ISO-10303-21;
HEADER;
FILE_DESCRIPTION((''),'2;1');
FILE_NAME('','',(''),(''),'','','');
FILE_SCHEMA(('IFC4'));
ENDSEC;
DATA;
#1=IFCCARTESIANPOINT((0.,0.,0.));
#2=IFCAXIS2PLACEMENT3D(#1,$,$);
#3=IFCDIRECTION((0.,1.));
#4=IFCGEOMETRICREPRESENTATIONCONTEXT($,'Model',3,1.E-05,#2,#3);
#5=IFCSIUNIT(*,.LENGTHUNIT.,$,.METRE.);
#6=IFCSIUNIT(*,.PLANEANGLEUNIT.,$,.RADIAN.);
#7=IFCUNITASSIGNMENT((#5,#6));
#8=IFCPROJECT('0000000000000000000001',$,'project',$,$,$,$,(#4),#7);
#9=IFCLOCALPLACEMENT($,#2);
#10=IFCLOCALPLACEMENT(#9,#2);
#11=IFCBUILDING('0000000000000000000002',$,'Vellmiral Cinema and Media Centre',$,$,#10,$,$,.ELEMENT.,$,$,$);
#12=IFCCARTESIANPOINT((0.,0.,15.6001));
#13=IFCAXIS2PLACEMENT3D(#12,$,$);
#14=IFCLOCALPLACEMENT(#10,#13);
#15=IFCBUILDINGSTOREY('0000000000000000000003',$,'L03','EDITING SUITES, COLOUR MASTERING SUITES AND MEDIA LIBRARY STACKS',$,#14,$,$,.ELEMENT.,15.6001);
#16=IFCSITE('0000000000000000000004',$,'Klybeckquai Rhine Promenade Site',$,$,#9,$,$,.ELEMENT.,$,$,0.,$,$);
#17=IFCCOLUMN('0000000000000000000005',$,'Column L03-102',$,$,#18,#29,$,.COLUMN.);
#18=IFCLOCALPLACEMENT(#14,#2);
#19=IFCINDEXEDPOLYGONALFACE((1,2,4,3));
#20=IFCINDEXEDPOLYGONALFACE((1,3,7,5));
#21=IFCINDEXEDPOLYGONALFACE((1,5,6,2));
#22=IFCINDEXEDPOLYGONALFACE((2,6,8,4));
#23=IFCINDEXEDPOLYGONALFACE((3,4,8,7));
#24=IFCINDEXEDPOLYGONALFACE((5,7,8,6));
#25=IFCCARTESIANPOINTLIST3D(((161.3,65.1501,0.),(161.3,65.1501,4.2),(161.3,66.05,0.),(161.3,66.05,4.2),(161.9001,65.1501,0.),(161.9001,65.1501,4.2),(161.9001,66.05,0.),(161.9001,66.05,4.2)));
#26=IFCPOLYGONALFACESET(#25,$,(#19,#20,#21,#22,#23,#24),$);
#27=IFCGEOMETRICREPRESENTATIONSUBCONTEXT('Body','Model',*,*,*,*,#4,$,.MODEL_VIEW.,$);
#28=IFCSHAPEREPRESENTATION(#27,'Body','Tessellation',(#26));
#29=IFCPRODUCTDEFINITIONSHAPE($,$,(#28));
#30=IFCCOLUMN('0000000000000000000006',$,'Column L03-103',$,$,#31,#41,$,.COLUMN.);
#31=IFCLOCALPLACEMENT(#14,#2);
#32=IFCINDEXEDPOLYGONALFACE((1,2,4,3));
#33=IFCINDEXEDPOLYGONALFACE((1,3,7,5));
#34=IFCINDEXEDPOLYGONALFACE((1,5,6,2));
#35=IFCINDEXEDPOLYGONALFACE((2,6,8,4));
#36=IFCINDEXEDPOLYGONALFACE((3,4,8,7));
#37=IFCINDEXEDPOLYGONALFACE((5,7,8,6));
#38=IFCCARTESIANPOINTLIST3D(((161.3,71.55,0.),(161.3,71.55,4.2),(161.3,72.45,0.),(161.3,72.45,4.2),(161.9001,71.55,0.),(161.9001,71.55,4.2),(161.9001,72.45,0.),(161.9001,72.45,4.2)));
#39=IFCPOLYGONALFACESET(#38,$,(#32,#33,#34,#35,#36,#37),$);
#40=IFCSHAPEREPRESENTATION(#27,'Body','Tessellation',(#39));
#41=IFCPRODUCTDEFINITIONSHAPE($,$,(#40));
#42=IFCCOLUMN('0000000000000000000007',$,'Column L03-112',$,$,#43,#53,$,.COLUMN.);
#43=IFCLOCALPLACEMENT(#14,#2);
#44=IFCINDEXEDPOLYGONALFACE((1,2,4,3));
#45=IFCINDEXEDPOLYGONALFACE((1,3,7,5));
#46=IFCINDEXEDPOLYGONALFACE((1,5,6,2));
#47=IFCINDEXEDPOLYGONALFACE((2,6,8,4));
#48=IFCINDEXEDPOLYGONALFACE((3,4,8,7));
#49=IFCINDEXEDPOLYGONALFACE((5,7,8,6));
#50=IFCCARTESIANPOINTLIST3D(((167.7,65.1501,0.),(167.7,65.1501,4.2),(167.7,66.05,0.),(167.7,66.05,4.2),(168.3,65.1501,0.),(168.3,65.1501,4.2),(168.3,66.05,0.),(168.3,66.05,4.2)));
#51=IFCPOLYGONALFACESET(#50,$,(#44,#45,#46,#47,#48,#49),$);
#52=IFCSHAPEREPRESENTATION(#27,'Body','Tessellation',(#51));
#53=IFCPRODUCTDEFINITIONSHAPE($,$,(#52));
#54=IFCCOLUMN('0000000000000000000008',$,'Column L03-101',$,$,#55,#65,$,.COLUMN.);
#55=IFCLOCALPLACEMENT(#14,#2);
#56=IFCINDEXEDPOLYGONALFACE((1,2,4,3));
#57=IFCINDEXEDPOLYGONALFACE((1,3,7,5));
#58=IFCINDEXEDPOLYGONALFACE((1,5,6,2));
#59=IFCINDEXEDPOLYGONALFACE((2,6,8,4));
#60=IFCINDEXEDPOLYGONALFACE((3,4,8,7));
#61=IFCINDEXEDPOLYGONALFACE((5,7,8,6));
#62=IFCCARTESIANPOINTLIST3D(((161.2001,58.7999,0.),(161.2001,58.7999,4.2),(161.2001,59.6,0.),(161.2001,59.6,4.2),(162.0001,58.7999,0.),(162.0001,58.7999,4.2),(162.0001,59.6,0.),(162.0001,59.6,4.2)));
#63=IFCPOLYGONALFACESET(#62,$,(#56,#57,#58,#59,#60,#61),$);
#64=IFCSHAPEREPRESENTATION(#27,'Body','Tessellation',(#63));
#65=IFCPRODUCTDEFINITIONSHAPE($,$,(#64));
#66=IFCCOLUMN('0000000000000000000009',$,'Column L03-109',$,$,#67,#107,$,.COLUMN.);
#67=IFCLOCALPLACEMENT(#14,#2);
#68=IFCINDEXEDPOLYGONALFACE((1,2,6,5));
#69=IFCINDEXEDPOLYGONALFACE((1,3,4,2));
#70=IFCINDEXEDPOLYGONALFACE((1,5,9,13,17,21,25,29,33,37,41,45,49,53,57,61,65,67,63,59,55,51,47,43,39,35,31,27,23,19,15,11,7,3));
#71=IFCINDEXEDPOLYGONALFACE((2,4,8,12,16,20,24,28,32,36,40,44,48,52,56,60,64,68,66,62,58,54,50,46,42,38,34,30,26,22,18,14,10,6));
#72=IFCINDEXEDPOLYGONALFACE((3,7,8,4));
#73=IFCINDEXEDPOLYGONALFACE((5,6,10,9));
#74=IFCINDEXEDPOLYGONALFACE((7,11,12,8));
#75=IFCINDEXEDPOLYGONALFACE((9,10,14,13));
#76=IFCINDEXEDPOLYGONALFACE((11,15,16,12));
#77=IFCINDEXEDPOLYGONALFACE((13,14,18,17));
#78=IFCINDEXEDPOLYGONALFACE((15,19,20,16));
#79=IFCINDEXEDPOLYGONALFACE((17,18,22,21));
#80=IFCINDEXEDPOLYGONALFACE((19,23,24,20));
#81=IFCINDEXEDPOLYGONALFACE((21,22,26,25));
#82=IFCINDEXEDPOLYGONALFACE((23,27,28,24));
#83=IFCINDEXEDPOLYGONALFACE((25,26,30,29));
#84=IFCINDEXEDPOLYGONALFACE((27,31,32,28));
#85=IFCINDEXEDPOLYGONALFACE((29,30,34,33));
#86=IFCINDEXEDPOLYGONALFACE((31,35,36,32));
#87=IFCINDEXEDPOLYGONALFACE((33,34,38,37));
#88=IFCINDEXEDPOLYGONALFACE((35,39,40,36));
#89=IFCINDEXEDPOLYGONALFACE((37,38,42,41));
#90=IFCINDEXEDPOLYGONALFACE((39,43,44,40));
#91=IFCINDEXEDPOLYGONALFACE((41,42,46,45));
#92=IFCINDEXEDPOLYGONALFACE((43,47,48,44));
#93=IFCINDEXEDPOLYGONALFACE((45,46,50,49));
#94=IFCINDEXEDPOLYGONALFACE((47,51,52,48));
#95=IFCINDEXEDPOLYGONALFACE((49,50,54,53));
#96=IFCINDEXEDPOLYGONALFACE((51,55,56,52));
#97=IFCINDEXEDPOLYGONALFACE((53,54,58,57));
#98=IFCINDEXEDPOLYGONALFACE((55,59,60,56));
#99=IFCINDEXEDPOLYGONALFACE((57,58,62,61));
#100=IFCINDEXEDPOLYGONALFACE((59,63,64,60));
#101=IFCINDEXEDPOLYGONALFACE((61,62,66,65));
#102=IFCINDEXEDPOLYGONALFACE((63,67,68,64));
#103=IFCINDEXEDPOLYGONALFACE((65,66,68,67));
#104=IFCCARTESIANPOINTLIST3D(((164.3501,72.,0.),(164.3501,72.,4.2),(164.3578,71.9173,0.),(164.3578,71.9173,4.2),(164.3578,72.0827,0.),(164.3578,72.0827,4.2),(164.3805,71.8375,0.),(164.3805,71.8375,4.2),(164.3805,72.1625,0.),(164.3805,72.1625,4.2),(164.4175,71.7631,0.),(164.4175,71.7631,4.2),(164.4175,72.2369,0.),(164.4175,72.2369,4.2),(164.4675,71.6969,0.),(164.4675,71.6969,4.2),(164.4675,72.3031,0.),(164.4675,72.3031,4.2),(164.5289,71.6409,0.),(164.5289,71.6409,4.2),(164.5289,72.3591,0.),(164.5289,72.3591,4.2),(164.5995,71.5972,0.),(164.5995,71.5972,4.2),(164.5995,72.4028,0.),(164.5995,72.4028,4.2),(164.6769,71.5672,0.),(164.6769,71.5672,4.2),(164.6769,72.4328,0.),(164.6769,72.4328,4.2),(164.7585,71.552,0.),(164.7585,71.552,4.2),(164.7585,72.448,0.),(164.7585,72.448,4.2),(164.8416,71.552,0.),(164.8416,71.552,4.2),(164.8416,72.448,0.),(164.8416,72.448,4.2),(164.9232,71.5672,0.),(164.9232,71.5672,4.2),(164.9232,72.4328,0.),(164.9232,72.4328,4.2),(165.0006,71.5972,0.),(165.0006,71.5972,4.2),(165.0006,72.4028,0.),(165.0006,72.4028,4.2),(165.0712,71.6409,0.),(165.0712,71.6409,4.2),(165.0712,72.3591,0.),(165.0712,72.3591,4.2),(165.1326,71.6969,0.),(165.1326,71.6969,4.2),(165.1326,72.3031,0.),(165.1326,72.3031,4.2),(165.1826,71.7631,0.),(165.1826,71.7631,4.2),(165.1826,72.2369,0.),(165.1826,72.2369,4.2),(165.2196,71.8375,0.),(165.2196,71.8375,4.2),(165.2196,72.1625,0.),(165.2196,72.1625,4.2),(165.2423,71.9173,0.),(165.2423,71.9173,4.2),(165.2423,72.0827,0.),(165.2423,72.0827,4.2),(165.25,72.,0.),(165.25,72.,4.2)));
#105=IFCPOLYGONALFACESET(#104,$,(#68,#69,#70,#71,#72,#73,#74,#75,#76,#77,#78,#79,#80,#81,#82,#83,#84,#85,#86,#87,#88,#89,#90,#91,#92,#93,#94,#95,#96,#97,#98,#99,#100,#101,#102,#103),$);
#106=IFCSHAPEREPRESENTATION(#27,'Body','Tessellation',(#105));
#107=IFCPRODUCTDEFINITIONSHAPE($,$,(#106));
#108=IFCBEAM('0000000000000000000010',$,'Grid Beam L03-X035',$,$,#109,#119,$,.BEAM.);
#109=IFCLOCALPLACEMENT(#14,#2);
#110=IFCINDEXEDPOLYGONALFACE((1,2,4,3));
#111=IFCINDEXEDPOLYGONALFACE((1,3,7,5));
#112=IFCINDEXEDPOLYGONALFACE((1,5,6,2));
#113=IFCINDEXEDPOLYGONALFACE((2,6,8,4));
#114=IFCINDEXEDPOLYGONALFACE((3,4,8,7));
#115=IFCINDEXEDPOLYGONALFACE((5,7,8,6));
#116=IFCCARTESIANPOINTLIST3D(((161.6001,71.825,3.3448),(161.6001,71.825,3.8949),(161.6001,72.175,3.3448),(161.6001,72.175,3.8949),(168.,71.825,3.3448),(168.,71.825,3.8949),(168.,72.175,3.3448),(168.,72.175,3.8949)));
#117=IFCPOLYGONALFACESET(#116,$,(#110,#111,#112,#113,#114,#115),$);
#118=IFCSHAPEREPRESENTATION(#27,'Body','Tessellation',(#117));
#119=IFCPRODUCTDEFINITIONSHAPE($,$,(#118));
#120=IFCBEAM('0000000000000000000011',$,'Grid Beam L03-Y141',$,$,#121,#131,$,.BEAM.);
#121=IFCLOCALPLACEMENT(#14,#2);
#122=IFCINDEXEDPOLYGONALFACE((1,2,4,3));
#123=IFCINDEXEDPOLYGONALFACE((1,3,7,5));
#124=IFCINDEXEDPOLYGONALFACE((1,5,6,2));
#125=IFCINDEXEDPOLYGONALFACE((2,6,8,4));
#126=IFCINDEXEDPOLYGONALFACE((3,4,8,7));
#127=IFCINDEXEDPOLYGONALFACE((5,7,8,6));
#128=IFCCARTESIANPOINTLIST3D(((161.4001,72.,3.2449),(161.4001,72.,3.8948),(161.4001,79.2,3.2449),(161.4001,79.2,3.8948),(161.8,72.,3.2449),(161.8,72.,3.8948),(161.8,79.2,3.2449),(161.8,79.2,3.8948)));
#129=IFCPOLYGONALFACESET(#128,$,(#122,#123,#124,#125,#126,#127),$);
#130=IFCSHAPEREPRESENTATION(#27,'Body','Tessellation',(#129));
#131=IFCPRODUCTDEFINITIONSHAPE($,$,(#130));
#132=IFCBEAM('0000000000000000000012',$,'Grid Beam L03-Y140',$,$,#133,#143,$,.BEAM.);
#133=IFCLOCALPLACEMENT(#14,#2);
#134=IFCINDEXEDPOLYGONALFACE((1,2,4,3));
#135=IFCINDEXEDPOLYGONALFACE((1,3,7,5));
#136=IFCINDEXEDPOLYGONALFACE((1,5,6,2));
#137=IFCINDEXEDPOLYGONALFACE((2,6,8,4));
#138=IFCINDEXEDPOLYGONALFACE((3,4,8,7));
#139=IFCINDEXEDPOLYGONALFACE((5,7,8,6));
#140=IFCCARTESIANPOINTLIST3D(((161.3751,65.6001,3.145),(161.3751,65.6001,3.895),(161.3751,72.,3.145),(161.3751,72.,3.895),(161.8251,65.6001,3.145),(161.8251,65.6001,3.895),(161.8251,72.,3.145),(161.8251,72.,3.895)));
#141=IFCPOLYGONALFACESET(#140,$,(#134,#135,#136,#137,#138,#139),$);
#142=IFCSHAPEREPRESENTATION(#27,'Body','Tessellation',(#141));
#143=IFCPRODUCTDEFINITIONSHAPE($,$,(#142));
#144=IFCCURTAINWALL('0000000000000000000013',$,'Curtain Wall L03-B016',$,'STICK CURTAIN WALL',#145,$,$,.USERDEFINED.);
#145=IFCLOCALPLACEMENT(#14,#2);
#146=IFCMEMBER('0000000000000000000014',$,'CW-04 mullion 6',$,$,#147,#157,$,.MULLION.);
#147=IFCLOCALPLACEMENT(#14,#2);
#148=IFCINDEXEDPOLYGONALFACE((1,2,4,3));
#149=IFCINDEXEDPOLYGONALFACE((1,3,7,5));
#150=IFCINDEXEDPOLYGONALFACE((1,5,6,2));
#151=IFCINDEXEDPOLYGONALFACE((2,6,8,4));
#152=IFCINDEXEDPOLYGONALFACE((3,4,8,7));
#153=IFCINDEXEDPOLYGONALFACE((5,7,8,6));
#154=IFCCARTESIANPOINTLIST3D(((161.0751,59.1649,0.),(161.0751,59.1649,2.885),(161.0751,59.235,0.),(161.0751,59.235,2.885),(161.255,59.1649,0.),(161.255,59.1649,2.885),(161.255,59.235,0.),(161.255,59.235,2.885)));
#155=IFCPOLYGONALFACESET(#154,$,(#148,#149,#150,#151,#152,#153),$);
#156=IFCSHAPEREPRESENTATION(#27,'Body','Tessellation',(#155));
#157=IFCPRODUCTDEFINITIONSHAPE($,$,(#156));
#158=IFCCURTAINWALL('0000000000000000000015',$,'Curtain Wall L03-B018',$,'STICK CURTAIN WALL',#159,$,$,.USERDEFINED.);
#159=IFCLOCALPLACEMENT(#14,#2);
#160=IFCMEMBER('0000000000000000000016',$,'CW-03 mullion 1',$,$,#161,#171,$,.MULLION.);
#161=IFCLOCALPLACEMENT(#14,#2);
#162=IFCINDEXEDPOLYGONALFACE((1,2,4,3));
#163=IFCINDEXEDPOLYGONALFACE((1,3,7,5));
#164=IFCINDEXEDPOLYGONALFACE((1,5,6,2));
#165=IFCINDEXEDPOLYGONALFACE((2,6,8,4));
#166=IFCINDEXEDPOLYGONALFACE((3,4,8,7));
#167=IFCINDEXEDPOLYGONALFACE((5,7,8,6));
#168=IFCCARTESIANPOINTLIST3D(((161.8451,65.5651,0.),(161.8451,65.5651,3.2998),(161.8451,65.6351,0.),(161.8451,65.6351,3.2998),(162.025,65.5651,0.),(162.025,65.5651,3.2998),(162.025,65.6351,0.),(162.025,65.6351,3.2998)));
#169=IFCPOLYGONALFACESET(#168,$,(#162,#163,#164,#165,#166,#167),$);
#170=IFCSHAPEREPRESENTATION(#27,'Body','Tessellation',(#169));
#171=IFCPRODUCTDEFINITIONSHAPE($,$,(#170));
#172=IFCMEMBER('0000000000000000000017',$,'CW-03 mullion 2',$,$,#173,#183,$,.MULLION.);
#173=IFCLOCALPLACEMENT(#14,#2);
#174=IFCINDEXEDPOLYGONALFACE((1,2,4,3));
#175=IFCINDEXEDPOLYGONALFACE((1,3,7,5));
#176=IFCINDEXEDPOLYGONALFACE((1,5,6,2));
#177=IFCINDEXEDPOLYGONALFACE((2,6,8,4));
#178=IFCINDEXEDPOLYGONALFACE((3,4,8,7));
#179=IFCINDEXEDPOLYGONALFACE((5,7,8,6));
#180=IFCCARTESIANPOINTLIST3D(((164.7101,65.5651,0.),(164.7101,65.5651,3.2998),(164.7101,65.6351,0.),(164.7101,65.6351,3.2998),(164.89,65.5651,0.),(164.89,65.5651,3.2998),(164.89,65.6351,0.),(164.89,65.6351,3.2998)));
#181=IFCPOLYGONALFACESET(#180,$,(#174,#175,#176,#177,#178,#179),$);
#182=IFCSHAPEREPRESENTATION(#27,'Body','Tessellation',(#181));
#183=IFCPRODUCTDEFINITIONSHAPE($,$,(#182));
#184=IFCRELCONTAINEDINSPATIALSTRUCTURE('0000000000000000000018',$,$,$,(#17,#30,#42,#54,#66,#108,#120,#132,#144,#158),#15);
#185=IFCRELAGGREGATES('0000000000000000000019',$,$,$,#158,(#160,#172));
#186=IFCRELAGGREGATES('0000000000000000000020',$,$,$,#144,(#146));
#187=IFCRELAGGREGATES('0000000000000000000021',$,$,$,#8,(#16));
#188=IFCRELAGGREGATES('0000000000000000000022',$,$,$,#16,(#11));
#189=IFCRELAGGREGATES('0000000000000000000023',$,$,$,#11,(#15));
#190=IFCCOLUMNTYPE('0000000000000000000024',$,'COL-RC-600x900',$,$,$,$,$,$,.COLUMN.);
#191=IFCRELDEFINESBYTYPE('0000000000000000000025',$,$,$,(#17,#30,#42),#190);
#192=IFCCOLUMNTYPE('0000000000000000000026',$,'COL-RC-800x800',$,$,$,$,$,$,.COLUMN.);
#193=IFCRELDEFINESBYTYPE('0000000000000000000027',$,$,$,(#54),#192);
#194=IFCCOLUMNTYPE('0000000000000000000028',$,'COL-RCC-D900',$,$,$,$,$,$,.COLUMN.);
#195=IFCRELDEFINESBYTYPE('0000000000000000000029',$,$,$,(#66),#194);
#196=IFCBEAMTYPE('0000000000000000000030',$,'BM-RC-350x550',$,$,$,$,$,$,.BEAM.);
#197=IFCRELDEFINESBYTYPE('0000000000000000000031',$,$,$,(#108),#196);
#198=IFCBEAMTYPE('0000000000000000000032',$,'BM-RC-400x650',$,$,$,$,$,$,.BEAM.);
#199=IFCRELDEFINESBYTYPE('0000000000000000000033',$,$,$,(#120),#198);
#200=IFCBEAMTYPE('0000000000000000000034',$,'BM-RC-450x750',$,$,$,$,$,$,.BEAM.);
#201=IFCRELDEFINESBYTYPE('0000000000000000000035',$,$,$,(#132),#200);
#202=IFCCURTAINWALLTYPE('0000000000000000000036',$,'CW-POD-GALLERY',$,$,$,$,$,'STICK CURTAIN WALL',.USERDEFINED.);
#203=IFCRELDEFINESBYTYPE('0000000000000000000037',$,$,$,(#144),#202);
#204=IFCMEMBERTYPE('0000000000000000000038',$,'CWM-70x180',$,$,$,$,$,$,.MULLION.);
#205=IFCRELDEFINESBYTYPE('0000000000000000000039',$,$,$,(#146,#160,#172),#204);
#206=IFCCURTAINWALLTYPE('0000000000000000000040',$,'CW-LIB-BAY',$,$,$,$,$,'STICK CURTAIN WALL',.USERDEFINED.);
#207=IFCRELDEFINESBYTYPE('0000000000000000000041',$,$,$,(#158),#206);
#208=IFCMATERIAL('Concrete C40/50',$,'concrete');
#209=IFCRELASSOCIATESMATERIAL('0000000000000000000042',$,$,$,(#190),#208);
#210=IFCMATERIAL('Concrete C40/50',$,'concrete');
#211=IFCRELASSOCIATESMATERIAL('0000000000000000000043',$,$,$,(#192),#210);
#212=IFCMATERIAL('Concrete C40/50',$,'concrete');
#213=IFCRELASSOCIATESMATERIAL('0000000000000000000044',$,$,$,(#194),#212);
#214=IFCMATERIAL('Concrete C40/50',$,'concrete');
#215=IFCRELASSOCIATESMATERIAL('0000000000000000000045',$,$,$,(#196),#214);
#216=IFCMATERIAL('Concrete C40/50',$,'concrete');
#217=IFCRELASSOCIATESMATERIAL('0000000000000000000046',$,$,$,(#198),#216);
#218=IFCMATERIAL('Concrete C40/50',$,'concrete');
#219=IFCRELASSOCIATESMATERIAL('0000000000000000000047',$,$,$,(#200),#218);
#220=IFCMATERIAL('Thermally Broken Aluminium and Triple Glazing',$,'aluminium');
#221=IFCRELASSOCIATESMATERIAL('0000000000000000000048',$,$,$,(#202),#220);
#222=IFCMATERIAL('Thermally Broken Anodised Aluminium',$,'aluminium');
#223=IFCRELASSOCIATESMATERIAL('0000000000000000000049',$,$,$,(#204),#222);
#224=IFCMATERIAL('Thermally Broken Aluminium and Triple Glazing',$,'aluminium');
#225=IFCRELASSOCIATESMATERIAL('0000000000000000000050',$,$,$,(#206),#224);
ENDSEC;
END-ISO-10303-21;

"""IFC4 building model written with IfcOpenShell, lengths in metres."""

from ifc_helpers import new_model, si_unit, direction, frame, origin, origin_2d, place, context, subcontext, project, spatial, rectangle, circle, extrude, material, material_profile, profile_set, type_object, element, aggregate, save


model = new_model("IFC4")

# Units and contexts
model_context = context("Model", 3, precision=1e-05, world=origin(), true_north=direction((0.0, 1.0)))
body_context = subcontext(model_context, "Body", "Model", "MODEL_VIEW")
ifc_project = project(units=[si_unit("LENGTHUNIT", "METRE"), si_unit("PLANEANGLEUNIT", "RADIAN")], contexts=[model_context])

# Site, building, storey
site_placement = place(None, origin())
site = spatial("IfcSite", under=ifc_project, at=site_placement, Name="Klybeckquai Rhine Promenade Site", CompositionType="ELEMENT", RefElevation=0.0)
building_placement = place(site_placement, origin())
building = spatial("IfcBuilding", under=site, at=building_placement, Name="Vellmiral Cinema and Media Centre", CompositionType="ELEMENT")
storey_placement = place(building_placement, frame((0.0, 0.0, 15.6001)))
storey = spatial("IfcBuildingStorey", under=building, at=storey_placement, Name="L03", Description="EDITING SUITES, COLOUR MASTERING SUITES AND MEDIA LIBRARY STACKS", CompositionType="ELEMENT", Elevation=15.6001)

# Columns
ifc_material_1 = material(Name="Concrete C40/50", Category="concrete")
ifc_material_profile_1 = material_profile(ifc_material_1, rectangle(XDim=0.6001, YDim=0.8999, at=origin_2d()), Name="RC 600x900")
ifc_profile_set_1 = profile_set([ifc_material_profile_1], Name="Concrete C40/50")
column_type_1 = type_object("IfcColumnType", Name="COL-RC-600x900", PredefinedType="COLUMN", material=ifc_profile_set_1)
for number, where, z_axis, x_axis, name in (
    (1, (161.6001, 65.6001, 0.0), (0.0, 0.0, 1.0), (1.0, 0.0, 0.0), "Column L03-102"),
    (2, (161.6001, 72.0, 0.0), (0.0, 0.0, 1.0), (1.0, 0.0, 0.0), "Column L03-103"),
    (3, (168.0, 65.6001, 0.0), (0.0, 0.0, 1.0), (1.0, 0.0, 0.0), "Column L03-112"),
):
    element("IfcColumn", number, at=place(storey_placement, frame(where, z_axis=z_axis, x_axis=x_axis)), inside=storey, type_object=column_type_1, Name=name, PredefinedType="COLUMN", context=body_context, shape_type="SweptSolid", body=[
        extrude(rectangle(XDim=0.6001, YDim=0.8999, at=origin_2d()), origin(), (0.0, 0.0, 1.0), 4.2),
    ])
ifc_material_2 = material(Name="Concrete C40/50", Category="concrete")
ifc_material_profile_2 = material_profile(ifc_material_2, rectangle(XDim=0.8, YDim=0.8, at=origin_2d()), Name="RC 800x800")
ifc_profile_set_2 = profile_set([ifc_material_profile_2], Name="Concrete C40/50")
column_type_2 = type_object("IfcColumnType", Name="COL-RC-800x800", PredefinedType="COLUMN", material=ifc_profile_set_2)
column_1_placement = place(storey_placement, frame((161.6001, 59.2, 0.0), z_axis=(0.0, 0.0, 1.0), x_axis=(1.0, 0.0, 0.0)))
element("IfcColumn", 4, at=column_1_placement, inside=storey, type_object=column_type_2, Name="Column L03-101", PredefinedType="COLUMN", context=body_context, shape_type="SweptSolid", body=[
    extrude(rectangle(XDim=0.8, YDim=0.8, at=origin_2d()), origin(), (0.0, 0.0, 1.0), 4.2),
])
ifc_material_3 = material(Name="Concrete C40/50", Category="concrete")
ifc_material_profile_3 = material_profile(ifc_material_3, circle(Radius=0.45, at=origin_2d()), Name="RC D900")
ifc_profile_set_3 = profile_set([ifc_material_profile_3], Name="Concrete C40/50")
column_type_3 = type_object("IfcColumnType", Name="COL-RCC-D900", PredefinedType="COLUMN", material=ifc_profile_set_3)
column_2_placement = place(storey_placement, frame((164.8, 72.0, 0.0), z_axis=(0.0, 0.0, 1.0), x_axis=(1.0, 0.0, 0.0)))
element("IfcColumn", 5, at=column_2_placement, inside=storey, type_object=column_type_3, Name="Column L03-109", PredefinedType="COLUMN", context=body_context, shape_type="SweptSolid", body=[
    extrude(circle(Radius=0.45, at=origin_2d()), origin(), (0.0, 0.0, 1.0), 4.2),
])

# Beams
ifc_material_4 = material(Name="Concrete C40/50", Category="concrete")
ifc_material_profile_4 = material_profile(ifc_material_4, rectangle(XDim=0.3501, YDim=0.55, at=origin_2d()), Name="RC 350x550")
ifc_profile_set_4 = profile_set([ifc_material_profile_4], Name="Concrete C40/50")
beam_type_1 = type_object("IfcBeamType", Name="BM-RC-350x550", PredefinedType="BEAM", material=ifc_profile_set_4)
beam_1_placement = place(storey_placement, frame((161.6001, 72.0, 3.6199), z_axis=(1.0, 0.0, 0.0), x_axis=(0.0, 1.0, 0.0)))
element("IfcBeam", 6, at=beam_1_placement, inside=storey, type_object=beam_type_1, Name="Grid Beam L03-X035", PredefinedType="BEAM", context=body_context, shape_type="SweptSolid", body=[
    extrude(rectangle(XDim=0.3501, YDim=0.55, at=origin_2d()), origin(), (0.0, 0.0, 1.0), 6.3999),
])
ifc_material_5 = material(Name="Concrete C40/50", Category="concrete")
ifc_material_profile_5 = material_profile(ifc_material_5, rectangle(XDim=0.3999, YDim=0.6499, at=origin_2d()), Name="RC 400x650")
ifc_profile_set_5 = profile_set([ifc_material_profile_5], Name="Concrete C40/50")
beam_type_2 = type_object("IfcBeamType", Name="BM-RC-400x650", PredefinedType="BEAM", material=ifc_profile_set_5)
beam_2_placement = place(storey_placement, frame((161.6001, 72.0, 3.5698), z_axis=(0.0, 1.0, 0.0), x_axis=(-1.0, 0.0, 0.0)))
element("IfcBeam", 7, at=beam_2_placement, inside=storey, type_object=beam_type_2, Name="Grid Beam L03-Y141", PredefinedType="BEAM", context=body_context, shape_type="SweptSolid", body=[
    extrude(rectangle(XDim=0.3999, YDim=0.6499, at=origin_2d()), origin(), (0.0, 0.0, 1.0), 7.2),
])
ifc_material_6 = material(Name="Concrete C40/50", Category="concrete")
ifc_material_profile_6 = material_profile(ifc_material_6, rectangle(XDim=0.45, YDim=0.75, at=origin_2d()), Name="RC 450x750")
ifc_profile_set_6 = profile_set([ifc_material_profile_6], Name="Concrete C40/50")
beam_type_3 = type_object("IfcBeamType", Name="BM-RC-450x750", PredefinedType="BEAM", material=ifc_profile_set_6)
beam_3_placement = place(storey_placement, frame((161.6001, 65.6001, 3.52), z_axis=(0.0, 1.0, 0.0), x_axis=(-1.0, 0.0, 0.0)))
element("IfcBeam", 8, at=beam_3_placement, inside=storey, type_object=beam_type_3, Name="Grid Beam L03-Y140", PredefinedType="BEAM", context=body_context, shape_type="SweptSolid", body=[
    extrude(rectangle(XDim=0.45, YDim=0.75, at=origin_2d()), origin(), (0.0, 0.0, 1.0), 6.3999),
])

# Curtain wall, member
ifc_material_7 = material(Name="Thermally Broken Aluminium and Triple Glazing", Category="aluminium")
curtain_wall_type_1 = type_object("IfcCurtainWallType", Name="CW-POD-GALLERY", ElementType="STICK CURTAIN WALL", PredefinedType="USERDEFINED", material=ifc_material_7)
curtain_wall_1_placement = place(storey_placement, origin())
curtain_wall_1 = element("IfcCurtainWall", 9, at=curtain_wall_1_placement, inside=storey, type_object=curtain_wall_type_1, Name="Curtain Wall L03-B016", ObjectType="STICK CURTAIN WALL", PredefinedType="USERDEFINED")
ifc_material_8 = material(Name="Thermally Broken Anodised Aluminium", Category="aluminium")
ifc_material_profile_7 = material_profile(ifc_material_8, rectangle(XDim=0.0701, YDim=0.1799, at=origin_2d()), Name="MULL 70x180")
ifc_profile_set_7 = profile_set([ifc_material_profile_7], Name="Thermally Broken Anodised Aluminium")
member_type_1 = type_object("IfcMemberType", Name="CWM-70x180", PredefinedType="MULLION", material=ifc_profile_set_7)
member_1_placement = place(storey_placement, frame((161.165, 59.2, 0.0), z_axis=(0.0, 0.0, 1.0), x_axis=(0.0, 1.0, 0.0)))
member_1 = element("IfcMember", 10, at=member_1_placement, type_object=member_type_1, Name="CW-04 mullion 6", PredefinedType="MULLION", context=body_context, shape_type="SweptSolid", body=[
    extrude(rectangle(XDim=0.0701, YDim=0.1799, at=origin_2d()), origin(), (0.0, 0.0, 1.0), 2.885),
])

# Curtain wall, members
ifc_material_9 = material(Name="Thermally Broken Aluminium and Triple Glazing", Category="aluminium")
curtain_wall_type_2 = type_object("IfcCurtainWallType", Name="CW-LIB-BAY", ElementType="STICK CURTAIN WALL", PredefinedType="USERDEFINED", material=ifc_material_9)
curtain_wall_2_placement = place(storey_placement, origin())
curtain_wall_2 = element("IfcCurtainWall", 11, at=curtain_wall_2_placement, inside=storey, type_object=curtain_wall_type_2, Name="Curtain Wall L03-B018", ObjectType="STICK CURTAIN WALL", PredefinedType="USERDEFINED")
member_2_placement = place(storey_placement, frame((161.9351, 65.6001, 0.0), z_axis=(0.0, 0.0, 1.0), x_axis=(0.0, 1.0, 0.0)))
member_2 = element("IfcMember", 12, at=member_2_placement, type_object=member_type_1, Name="CW-03 mullion 1", PredefinedType="MULLION", context=body_context, shape_type="SweptSolid", body=[
    extrude(rectangle(XDim=0.0701, YDim=0.1799, at=origin_2d()), origin(), (0.0, 0.0, 1.0), 3.2998),
])
member_3_placement = place(storey_placement, frame((164.8, 65.6001, 0.0), z_axis=(0.0, 0.0, 1.0), x_axis=(0.0, 1.0, 0.0)))
member_3 = element("IfcMember", 13, at=member_3_placement, type_object=member_type_1, Name="CW-03 mullion 2", PredefinedType="MULLION", context=body_context, shape_type="SweptSolid", body=[
    extrude(rectangle(XDim=0.0701, YDim=0.1799, at=origin_2d()), origin(), (0.0, 0.0, 1.0), 3.2998),
])

aggregate(curtain_wall_2, [member_2, member_3])
aggregate(curtain_wall_1, [member_1])

save(model, "model.ifc")
